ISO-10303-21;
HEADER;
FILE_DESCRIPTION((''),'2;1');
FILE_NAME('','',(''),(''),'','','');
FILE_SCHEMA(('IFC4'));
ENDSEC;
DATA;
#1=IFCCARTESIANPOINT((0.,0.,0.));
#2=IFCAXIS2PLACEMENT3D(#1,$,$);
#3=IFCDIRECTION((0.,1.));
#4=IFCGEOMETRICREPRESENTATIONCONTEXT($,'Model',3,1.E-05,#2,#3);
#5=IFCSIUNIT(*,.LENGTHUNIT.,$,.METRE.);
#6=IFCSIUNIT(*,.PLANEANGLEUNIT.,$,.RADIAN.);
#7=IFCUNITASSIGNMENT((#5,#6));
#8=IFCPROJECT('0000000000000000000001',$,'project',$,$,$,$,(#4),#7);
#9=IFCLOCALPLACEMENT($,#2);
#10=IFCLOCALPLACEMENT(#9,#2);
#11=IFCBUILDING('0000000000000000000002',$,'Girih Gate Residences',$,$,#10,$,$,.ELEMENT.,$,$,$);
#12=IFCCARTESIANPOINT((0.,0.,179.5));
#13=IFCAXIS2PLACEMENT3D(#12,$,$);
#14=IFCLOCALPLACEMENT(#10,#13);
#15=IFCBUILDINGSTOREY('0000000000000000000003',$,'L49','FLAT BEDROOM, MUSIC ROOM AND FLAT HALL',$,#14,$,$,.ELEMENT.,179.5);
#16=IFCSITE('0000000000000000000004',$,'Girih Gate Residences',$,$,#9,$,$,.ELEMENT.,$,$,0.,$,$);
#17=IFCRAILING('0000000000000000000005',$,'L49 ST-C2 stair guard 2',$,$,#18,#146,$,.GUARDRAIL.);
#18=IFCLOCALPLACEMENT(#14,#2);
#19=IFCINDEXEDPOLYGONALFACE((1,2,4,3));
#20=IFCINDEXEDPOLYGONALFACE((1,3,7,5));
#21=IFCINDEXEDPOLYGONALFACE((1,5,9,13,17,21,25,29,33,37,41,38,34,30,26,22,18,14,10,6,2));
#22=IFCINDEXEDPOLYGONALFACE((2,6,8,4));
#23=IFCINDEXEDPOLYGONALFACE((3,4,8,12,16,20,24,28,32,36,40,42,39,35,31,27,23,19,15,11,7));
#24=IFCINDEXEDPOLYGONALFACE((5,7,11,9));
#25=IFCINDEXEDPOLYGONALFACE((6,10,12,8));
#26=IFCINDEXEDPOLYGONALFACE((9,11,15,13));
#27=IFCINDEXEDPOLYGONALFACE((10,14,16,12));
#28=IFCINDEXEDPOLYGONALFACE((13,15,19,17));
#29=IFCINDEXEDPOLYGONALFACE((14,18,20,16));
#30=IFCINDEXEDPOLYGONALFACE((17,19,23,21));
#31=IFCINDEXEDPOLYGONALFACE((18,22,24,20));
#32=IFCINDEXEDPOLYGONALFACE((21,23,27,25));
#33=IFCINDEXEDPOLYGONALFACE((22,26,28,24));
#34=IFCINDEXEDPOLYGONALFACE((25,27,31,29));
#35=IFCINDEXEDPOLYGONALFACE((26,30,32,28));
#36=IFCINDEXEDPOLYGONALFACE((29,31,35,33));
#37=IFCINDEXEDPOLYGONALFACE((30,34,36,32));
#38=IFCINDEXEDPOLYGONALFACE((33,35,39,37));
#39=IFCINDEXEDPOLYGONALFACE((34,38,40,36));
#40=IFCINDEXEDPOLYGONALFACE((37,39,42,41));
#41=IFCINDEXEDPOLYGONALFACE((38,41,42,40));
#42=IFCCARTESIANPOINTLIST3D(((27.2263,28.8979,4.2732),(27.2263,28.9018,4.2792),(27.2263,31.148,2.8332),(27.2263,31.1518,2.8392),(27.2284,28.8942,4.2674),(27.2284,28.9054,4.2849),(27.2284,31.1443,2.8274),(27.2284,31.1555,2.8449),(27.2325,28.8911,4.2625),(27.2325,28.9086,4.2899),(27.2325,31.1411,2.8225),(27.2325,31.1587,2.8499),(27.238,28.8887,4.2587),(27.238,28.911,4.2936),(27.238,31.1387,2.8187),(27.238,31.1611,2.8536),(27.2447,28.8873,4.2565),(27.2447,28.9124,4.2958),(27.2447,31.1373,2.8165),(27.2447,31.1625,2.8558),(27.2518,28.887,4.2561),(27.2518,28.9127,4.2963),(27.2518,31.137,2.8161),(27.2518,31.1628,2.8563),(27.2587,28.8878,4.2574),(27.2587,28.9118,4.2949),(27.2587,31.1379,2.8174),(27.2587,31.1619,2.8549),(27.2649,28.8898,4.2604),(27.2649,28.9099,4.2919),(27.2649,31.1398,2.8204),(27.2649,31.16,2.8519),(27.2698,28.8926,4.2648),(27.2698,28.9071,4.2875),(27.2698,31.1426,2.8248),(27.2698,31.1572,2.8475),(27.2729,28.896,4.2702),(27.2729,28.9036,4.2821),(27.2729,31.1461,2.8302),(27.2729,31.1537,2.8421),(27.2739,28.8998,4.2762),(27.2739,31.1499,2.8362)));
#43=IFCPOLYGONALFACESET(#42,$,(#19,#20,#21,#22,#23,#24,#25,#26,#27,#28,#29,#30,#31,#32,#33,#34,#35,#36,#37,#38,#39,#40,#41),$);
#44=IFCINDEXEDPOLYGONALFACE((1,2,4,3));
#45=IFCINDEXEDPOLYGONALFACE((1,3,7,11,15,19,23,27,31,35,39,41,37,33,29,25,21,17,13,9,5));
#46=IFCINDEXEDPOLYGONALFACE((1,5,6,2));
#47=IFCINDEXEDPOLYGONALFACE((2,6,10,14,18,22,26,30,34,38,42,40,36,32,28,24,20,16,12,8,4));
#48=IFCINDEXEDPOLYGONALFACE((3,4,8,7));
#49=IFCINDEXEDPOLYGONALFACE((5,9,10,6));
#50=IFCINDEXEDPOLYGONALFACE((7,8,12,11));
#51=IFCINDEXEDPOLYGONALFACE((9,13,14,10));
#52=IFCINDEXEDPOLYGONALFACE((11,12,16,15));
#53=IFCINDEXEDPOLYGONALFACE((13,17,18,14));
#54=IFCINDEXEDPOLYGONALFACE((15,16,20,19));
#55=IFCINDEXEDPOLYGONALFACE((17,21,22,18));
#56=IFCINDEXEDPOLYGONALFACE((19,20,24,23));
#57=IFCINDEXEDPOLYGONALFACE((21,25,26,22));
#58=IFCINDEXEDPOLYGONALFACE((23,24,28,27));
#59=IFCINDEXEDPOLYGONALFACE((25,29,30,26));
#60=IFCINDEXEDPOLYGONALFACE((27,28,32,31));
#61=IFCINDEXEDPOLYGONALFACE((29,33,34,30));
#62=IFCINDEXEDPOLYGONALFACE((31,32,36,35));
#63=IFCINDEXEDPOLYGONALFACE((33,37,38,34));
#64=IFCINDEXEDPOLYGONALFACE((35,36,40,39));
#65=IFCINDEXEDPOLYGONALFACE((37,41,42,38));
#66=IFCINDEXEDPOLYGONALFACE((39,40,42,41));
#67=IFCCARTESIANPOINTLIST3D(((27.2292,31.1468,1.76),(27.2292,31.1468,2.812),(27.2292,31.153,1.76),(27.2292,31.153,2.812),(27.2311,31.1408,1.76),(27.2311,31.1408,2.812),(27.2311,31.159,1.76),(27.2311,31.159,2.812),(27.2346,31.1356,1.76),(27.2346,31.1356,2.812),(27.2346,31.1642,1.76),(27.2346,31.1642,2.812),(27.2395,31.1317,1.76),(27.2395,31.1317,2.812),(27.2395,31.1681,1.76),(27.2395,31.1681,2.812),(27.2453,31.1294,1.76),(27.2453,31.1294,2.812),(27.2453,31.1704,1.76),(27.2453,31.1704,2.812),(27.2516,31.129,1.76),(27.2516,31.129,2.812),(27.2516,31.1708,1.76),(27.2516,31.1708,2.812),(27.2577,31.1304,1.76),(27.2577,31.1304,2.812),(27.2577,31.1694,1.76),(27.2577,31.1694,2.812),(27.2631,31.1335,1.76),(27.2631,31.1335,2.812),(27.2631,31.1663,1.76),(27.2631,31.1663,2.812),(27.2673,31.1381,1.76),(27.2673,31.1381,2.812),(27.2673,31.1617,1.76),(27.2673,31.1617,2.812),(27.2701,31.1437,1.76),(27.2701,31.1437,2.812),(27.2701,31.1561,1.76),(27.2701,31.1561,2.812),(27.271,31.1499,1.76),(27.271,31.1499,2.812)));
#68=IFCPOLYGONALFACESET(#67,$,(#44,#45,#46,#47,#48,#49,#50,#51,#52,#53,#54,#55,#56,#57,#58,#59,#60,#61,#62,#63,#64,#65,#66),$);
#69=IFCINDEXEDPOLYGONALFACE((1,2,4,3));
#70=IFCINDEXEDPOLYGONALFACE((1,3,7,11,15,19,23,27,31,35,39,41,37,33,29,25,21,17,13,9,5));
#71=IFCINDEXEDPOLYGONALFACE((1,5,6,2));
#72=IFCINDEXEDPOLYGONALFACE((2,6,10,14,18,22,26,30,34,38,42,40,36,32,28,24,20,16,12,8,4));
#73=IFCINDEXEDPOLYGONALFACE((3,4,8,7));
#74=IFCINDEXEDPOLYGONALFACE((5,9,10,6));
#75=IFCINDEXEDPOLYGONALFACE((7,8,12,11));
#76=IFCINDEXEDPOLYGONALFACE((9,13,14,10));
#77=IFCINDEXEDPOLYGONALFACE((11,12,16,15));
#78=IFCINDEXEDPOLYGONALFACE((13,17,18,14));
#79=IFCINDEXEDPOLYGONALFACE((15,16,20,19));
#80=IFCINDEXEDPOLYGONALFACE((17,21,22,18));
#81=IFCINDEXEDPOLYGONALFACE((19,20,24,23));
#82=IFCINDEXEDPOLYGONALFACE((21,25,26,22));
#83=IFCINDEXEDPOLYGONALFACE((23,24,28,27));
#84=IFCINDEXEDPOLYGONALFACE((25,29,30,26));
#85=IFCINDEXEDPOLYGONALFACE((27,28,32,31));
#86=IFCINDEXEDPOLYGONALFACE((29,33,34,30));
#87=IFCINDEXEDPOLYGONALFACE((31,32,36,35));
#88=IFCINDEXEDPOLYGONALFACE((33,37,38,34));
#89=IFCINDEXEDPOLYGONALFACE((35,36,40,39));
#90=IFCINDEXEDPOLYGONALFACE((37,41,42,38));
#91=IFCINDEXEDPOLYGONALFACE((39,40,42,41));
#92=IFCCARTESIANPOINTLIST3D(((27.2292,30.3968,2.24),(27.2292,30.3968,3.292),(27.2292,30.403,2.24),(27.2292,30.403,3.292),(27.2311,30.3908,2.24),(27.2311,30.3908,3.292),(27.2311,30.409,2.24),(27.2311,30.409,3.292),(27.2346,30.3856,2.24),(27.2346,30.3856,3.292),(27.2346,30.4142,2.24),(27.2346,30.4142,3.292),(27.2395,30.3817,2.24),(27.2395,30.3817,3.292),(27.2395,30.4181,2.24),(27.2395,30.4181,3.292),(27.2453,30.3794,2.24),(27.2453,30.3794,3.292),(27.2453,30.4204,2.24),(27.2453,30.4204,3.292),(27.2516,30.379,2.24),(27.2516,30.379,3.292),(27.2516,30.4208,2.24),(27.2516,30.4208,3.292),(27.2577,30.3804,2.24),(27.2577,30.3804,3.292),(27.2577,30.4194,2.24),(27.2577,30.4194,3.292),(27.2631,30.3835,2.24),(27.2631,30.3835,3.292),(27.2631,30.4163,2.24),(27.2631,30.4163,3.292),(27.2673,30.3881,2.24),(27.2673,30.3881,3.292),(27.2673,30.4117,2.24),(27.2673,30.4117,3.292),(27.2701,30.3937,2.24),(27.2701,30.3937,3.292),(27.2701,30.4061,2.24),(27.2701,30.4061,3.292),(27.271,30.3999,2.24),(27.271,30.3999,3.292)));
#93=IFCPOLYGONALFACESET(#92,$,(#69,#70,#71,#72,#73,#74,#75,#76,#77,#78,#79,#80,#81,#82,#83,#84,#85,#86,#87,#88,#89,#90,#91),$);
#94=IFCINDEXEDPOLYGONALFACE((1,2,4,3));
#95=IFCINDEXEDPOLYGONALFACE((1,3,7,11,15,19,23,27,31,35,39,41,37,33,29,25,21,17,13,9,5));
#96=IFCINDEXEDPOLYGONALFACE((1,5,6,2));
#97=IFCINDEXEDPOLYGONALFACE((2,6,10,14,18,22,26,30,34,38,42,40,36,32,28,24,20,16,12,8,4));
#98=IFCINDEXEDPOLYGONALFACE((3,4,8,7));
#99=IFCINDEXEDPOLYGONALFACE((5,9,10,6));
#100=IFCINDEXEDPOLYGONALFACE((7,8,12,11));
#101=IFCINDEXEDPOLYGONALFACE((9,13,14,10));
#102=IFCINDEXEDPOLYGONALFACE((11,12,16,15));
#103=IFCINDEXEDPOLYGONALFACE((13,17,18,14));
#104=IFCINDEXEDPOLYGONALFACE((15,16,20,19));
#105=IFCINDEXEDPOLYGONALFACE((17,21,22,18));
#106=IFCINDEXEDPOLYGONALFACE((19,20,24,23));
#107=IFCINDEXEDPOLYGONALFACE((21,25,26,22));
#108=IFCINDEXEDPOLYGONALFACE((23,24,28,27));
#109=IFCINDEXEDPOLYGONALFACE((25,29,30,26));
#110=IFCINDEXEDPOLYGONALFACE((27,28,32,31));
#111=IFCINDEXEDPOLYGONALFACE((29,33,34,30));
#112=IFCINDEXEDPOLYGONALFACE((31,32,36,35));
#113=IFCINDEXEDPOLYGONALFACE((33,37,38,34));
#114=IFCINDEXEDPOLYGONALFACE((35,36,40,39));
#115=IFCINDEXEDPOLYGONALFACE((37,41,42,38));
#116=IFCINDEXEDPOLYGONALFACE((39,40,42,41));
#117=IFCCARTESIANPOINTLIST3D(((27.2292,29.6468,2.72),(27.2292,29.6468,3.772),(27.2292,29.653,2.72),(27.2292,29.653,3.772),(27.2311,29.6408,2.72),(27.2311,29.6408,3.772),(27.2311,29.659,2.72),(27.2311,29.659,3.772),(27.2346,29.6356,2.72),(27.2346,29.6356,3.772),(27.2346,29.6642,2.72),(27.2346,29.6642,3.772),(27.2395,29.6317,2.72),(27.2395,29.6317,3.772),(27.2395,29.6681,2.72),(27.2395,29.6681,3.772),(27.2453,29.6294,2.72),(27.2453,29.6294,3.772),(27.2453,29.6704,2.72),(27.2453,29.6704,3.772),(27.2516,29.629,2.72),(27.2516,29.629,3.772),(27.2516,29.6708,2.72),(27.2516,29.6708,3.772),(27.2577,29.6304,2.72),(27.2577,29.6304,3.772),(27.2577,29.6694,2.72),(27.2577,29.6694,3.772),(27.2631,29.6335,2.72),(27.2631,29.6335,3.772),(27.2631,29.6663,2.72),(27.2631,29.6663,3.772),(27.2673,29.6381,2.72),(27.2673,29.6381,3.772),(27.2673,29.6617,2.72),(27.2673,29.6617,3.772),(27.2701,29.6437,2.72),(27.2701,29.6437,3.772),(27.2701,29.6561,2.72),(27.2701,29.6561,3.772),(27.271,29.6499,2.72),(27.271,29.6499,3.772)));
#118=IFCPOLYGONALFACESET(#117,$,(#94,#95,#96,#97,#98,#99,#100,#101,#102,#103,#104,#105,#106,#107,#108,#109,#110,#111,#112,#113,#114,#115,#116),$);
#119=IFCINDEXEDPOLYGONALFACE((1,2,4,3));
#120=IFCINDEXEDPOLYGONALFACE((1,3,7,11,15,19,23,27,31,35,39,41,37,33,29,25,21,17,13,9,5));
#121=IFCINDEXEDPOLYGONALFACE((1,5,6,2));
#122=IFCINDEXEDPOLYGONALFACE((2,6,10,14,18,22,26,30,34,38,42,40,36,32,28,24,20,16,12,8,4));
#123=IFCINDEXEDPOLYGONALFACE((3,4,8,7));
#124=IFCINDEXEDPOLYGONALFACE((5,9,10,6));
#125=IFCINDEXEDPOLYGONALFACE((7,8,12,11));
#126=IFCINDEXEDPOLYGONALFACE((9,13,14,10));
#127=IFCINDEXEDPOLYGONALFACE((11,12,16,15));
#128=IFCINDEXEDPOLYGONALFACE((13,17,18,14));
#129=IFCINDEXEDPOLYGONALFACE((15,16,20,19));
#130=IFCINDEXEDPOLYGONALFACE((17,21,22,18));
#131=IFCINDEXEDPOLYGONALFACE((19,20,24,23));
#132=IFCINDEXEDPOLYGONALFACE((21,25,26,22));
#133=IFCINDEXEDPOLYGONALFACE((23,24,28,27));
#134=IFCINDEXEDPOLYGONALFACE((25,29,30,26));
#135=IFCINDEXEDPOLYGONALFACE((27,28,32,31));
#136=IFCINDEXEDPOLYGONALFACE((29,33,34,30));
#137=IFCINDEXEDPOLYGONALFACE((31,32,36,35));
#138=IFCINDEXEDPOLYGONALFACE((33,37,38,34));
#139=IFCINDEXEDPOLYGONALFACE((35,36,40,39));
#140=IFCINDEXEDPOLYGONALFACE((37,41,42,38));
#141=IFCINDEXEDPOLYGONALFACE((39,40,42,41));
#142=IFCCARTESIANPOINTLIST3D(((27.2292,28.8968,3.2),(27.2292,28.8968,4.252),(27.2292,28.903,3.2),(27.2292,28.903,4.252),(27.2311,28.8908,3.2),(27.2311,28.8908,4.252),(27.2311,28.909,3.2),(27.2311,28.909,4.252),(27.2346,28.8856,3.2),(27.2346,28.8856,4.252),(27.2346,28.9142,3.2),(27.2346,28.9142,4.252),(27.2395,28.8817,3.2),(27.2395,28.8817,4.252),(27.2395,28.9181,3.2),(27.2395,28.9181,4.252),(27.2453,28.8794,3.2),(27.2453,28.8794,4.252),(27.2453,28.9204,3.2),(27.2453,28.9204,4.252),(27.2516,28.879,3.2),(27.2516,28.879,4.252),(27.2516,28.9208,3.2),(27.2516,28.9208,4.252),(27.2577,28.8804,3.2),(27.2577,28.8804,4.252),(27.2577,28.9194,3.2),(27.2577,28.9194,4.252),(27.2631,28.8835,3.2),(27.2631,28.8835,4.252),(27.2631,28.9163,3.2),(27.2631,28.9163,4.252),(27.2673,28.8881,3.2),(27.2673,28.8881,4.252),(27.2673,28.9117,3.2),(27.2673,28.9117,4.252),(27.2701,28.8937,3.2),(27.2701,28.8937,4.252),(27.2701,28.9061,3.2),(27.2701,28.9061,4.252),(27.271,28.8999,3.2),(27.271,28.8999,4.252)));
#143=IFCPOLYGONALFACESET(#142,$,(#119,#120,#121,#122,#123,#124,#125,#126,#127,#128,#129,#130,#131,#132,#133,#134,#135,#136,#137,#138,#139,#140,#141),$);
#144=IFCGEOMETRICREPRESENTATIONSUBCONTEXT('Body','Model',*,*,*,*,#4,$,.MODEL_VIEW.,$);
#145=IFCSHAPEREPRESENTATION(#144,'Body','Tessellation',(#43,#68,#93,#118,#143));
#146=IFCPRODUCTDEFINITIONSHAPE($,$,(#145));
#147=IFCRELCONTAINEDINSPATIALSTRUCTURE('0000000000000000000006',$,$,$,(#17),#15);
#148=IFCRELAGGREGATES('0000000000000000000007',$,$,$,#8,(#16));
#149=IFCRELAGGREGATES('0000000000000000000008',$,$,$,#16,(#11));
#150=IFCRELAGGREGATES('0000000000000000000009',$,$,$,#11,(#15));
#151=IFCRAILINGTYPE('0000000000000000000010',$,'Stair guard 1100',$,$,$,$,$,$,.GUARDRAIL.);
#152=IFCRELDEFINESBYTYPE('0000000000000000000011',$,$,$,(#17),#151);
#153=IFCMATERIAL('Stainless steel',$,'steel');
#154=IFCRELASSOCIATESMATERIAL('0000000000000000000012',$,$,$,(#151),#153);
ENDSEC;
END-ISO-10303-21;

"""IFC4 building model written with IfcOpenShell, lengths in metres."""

from ifc_helpers import new_model, si_unit, direction, frame, origin, origin_2d, place, context, subcontext, project, spatial, circle, extrude, material, type_object, element, save


model = new_model("IFC4")

# Units and contexts
model_context = context("Model", 3, precision=1e-05, world=origin(), true_north=direction((0.0, 1.0)))
body_context = subcontext(model_context, "Body", "Model", "MODEL_VIEW")
ifc_project = project(units=[si_unit("LENGTHUNIT", "METRE"), si_unit("PLANEANGLEUNIT", "RADIAN")], contexts=[model_context])

# Site, building, storey
site_placement = place(None, origin())
site = spatial("IfcSite", under=ifc_project, at=site_placement, Name="Girih Gate Residences", CompositionType="ELEMENT", RefElevation=0.0)
building_placement = place(site_placement, origin())
building = spatial("IfcBuilding", under=site, at=building_placement, Name="Girih Gate Residences", CompositionType="ELEMENT")
storey_placement = place(building_placement, frame((0.0, 0.0, 179.5)))
storey = spatial("IfcBuildingStorey", under=building, at=storey_placement, Name="L49", Description="FLAT BEDROOM, MUSIC ROOM AND FLAT HALL", CompositionType="ELEMENT", Elevation=179.5)

# Railing
ifc_material_1 = material(Name="Stainless steel", Category="steel")
railing_type_1 = type_object("IfcRailingType", Name="Stair guard 1100", PredefinedType="GUARDRAIL", material=ifc_material_1)
railing_1_placement = place(storey_placement, frame((27.25, 31.1499, 1.76)))
element("IfcRailing", 1, at=railing_1_placement, inside=storey, type_object=railing_type_1, Name="L49 ST-C2 stair guard 2", PredefinedType="GUARDRAIL", context=body_context, shape_type="SweptSolid", body=[
    extrude(circle(Radius=0.0239, at=origin_2d()), frame((0.0, 0.0, 1.0762), z_axis=(0.0, -0.842281, 0.539038), x_axis=(1.0, 0.0, 0.0)), (0.0, 0.0, 1.0), 2.6714),
    extrude(circle(Radius=0.021, at=origin_2d()), origin(), (0.0, 0.0, 1.0), 1.052),
    extrude(circle(Radius=0.021, at=origin_2d()), frame((0.0, -0.75, 0.48)), (0.0, 0.0, 1.0), 1.052),
    extrude(circle(Radius=0.021, at=origin_2d()), frame((0.0, -1.5, 0.96)), (0.0, 0.0, 1.0), 1.052),
    extrude(circle(Radius=0.021, at=origin_2d()), frame((0.0, -2.25, 1.4399)), (0.0, 0.0, 1.0), 1.052),
])

save(model, "model.ifc")
